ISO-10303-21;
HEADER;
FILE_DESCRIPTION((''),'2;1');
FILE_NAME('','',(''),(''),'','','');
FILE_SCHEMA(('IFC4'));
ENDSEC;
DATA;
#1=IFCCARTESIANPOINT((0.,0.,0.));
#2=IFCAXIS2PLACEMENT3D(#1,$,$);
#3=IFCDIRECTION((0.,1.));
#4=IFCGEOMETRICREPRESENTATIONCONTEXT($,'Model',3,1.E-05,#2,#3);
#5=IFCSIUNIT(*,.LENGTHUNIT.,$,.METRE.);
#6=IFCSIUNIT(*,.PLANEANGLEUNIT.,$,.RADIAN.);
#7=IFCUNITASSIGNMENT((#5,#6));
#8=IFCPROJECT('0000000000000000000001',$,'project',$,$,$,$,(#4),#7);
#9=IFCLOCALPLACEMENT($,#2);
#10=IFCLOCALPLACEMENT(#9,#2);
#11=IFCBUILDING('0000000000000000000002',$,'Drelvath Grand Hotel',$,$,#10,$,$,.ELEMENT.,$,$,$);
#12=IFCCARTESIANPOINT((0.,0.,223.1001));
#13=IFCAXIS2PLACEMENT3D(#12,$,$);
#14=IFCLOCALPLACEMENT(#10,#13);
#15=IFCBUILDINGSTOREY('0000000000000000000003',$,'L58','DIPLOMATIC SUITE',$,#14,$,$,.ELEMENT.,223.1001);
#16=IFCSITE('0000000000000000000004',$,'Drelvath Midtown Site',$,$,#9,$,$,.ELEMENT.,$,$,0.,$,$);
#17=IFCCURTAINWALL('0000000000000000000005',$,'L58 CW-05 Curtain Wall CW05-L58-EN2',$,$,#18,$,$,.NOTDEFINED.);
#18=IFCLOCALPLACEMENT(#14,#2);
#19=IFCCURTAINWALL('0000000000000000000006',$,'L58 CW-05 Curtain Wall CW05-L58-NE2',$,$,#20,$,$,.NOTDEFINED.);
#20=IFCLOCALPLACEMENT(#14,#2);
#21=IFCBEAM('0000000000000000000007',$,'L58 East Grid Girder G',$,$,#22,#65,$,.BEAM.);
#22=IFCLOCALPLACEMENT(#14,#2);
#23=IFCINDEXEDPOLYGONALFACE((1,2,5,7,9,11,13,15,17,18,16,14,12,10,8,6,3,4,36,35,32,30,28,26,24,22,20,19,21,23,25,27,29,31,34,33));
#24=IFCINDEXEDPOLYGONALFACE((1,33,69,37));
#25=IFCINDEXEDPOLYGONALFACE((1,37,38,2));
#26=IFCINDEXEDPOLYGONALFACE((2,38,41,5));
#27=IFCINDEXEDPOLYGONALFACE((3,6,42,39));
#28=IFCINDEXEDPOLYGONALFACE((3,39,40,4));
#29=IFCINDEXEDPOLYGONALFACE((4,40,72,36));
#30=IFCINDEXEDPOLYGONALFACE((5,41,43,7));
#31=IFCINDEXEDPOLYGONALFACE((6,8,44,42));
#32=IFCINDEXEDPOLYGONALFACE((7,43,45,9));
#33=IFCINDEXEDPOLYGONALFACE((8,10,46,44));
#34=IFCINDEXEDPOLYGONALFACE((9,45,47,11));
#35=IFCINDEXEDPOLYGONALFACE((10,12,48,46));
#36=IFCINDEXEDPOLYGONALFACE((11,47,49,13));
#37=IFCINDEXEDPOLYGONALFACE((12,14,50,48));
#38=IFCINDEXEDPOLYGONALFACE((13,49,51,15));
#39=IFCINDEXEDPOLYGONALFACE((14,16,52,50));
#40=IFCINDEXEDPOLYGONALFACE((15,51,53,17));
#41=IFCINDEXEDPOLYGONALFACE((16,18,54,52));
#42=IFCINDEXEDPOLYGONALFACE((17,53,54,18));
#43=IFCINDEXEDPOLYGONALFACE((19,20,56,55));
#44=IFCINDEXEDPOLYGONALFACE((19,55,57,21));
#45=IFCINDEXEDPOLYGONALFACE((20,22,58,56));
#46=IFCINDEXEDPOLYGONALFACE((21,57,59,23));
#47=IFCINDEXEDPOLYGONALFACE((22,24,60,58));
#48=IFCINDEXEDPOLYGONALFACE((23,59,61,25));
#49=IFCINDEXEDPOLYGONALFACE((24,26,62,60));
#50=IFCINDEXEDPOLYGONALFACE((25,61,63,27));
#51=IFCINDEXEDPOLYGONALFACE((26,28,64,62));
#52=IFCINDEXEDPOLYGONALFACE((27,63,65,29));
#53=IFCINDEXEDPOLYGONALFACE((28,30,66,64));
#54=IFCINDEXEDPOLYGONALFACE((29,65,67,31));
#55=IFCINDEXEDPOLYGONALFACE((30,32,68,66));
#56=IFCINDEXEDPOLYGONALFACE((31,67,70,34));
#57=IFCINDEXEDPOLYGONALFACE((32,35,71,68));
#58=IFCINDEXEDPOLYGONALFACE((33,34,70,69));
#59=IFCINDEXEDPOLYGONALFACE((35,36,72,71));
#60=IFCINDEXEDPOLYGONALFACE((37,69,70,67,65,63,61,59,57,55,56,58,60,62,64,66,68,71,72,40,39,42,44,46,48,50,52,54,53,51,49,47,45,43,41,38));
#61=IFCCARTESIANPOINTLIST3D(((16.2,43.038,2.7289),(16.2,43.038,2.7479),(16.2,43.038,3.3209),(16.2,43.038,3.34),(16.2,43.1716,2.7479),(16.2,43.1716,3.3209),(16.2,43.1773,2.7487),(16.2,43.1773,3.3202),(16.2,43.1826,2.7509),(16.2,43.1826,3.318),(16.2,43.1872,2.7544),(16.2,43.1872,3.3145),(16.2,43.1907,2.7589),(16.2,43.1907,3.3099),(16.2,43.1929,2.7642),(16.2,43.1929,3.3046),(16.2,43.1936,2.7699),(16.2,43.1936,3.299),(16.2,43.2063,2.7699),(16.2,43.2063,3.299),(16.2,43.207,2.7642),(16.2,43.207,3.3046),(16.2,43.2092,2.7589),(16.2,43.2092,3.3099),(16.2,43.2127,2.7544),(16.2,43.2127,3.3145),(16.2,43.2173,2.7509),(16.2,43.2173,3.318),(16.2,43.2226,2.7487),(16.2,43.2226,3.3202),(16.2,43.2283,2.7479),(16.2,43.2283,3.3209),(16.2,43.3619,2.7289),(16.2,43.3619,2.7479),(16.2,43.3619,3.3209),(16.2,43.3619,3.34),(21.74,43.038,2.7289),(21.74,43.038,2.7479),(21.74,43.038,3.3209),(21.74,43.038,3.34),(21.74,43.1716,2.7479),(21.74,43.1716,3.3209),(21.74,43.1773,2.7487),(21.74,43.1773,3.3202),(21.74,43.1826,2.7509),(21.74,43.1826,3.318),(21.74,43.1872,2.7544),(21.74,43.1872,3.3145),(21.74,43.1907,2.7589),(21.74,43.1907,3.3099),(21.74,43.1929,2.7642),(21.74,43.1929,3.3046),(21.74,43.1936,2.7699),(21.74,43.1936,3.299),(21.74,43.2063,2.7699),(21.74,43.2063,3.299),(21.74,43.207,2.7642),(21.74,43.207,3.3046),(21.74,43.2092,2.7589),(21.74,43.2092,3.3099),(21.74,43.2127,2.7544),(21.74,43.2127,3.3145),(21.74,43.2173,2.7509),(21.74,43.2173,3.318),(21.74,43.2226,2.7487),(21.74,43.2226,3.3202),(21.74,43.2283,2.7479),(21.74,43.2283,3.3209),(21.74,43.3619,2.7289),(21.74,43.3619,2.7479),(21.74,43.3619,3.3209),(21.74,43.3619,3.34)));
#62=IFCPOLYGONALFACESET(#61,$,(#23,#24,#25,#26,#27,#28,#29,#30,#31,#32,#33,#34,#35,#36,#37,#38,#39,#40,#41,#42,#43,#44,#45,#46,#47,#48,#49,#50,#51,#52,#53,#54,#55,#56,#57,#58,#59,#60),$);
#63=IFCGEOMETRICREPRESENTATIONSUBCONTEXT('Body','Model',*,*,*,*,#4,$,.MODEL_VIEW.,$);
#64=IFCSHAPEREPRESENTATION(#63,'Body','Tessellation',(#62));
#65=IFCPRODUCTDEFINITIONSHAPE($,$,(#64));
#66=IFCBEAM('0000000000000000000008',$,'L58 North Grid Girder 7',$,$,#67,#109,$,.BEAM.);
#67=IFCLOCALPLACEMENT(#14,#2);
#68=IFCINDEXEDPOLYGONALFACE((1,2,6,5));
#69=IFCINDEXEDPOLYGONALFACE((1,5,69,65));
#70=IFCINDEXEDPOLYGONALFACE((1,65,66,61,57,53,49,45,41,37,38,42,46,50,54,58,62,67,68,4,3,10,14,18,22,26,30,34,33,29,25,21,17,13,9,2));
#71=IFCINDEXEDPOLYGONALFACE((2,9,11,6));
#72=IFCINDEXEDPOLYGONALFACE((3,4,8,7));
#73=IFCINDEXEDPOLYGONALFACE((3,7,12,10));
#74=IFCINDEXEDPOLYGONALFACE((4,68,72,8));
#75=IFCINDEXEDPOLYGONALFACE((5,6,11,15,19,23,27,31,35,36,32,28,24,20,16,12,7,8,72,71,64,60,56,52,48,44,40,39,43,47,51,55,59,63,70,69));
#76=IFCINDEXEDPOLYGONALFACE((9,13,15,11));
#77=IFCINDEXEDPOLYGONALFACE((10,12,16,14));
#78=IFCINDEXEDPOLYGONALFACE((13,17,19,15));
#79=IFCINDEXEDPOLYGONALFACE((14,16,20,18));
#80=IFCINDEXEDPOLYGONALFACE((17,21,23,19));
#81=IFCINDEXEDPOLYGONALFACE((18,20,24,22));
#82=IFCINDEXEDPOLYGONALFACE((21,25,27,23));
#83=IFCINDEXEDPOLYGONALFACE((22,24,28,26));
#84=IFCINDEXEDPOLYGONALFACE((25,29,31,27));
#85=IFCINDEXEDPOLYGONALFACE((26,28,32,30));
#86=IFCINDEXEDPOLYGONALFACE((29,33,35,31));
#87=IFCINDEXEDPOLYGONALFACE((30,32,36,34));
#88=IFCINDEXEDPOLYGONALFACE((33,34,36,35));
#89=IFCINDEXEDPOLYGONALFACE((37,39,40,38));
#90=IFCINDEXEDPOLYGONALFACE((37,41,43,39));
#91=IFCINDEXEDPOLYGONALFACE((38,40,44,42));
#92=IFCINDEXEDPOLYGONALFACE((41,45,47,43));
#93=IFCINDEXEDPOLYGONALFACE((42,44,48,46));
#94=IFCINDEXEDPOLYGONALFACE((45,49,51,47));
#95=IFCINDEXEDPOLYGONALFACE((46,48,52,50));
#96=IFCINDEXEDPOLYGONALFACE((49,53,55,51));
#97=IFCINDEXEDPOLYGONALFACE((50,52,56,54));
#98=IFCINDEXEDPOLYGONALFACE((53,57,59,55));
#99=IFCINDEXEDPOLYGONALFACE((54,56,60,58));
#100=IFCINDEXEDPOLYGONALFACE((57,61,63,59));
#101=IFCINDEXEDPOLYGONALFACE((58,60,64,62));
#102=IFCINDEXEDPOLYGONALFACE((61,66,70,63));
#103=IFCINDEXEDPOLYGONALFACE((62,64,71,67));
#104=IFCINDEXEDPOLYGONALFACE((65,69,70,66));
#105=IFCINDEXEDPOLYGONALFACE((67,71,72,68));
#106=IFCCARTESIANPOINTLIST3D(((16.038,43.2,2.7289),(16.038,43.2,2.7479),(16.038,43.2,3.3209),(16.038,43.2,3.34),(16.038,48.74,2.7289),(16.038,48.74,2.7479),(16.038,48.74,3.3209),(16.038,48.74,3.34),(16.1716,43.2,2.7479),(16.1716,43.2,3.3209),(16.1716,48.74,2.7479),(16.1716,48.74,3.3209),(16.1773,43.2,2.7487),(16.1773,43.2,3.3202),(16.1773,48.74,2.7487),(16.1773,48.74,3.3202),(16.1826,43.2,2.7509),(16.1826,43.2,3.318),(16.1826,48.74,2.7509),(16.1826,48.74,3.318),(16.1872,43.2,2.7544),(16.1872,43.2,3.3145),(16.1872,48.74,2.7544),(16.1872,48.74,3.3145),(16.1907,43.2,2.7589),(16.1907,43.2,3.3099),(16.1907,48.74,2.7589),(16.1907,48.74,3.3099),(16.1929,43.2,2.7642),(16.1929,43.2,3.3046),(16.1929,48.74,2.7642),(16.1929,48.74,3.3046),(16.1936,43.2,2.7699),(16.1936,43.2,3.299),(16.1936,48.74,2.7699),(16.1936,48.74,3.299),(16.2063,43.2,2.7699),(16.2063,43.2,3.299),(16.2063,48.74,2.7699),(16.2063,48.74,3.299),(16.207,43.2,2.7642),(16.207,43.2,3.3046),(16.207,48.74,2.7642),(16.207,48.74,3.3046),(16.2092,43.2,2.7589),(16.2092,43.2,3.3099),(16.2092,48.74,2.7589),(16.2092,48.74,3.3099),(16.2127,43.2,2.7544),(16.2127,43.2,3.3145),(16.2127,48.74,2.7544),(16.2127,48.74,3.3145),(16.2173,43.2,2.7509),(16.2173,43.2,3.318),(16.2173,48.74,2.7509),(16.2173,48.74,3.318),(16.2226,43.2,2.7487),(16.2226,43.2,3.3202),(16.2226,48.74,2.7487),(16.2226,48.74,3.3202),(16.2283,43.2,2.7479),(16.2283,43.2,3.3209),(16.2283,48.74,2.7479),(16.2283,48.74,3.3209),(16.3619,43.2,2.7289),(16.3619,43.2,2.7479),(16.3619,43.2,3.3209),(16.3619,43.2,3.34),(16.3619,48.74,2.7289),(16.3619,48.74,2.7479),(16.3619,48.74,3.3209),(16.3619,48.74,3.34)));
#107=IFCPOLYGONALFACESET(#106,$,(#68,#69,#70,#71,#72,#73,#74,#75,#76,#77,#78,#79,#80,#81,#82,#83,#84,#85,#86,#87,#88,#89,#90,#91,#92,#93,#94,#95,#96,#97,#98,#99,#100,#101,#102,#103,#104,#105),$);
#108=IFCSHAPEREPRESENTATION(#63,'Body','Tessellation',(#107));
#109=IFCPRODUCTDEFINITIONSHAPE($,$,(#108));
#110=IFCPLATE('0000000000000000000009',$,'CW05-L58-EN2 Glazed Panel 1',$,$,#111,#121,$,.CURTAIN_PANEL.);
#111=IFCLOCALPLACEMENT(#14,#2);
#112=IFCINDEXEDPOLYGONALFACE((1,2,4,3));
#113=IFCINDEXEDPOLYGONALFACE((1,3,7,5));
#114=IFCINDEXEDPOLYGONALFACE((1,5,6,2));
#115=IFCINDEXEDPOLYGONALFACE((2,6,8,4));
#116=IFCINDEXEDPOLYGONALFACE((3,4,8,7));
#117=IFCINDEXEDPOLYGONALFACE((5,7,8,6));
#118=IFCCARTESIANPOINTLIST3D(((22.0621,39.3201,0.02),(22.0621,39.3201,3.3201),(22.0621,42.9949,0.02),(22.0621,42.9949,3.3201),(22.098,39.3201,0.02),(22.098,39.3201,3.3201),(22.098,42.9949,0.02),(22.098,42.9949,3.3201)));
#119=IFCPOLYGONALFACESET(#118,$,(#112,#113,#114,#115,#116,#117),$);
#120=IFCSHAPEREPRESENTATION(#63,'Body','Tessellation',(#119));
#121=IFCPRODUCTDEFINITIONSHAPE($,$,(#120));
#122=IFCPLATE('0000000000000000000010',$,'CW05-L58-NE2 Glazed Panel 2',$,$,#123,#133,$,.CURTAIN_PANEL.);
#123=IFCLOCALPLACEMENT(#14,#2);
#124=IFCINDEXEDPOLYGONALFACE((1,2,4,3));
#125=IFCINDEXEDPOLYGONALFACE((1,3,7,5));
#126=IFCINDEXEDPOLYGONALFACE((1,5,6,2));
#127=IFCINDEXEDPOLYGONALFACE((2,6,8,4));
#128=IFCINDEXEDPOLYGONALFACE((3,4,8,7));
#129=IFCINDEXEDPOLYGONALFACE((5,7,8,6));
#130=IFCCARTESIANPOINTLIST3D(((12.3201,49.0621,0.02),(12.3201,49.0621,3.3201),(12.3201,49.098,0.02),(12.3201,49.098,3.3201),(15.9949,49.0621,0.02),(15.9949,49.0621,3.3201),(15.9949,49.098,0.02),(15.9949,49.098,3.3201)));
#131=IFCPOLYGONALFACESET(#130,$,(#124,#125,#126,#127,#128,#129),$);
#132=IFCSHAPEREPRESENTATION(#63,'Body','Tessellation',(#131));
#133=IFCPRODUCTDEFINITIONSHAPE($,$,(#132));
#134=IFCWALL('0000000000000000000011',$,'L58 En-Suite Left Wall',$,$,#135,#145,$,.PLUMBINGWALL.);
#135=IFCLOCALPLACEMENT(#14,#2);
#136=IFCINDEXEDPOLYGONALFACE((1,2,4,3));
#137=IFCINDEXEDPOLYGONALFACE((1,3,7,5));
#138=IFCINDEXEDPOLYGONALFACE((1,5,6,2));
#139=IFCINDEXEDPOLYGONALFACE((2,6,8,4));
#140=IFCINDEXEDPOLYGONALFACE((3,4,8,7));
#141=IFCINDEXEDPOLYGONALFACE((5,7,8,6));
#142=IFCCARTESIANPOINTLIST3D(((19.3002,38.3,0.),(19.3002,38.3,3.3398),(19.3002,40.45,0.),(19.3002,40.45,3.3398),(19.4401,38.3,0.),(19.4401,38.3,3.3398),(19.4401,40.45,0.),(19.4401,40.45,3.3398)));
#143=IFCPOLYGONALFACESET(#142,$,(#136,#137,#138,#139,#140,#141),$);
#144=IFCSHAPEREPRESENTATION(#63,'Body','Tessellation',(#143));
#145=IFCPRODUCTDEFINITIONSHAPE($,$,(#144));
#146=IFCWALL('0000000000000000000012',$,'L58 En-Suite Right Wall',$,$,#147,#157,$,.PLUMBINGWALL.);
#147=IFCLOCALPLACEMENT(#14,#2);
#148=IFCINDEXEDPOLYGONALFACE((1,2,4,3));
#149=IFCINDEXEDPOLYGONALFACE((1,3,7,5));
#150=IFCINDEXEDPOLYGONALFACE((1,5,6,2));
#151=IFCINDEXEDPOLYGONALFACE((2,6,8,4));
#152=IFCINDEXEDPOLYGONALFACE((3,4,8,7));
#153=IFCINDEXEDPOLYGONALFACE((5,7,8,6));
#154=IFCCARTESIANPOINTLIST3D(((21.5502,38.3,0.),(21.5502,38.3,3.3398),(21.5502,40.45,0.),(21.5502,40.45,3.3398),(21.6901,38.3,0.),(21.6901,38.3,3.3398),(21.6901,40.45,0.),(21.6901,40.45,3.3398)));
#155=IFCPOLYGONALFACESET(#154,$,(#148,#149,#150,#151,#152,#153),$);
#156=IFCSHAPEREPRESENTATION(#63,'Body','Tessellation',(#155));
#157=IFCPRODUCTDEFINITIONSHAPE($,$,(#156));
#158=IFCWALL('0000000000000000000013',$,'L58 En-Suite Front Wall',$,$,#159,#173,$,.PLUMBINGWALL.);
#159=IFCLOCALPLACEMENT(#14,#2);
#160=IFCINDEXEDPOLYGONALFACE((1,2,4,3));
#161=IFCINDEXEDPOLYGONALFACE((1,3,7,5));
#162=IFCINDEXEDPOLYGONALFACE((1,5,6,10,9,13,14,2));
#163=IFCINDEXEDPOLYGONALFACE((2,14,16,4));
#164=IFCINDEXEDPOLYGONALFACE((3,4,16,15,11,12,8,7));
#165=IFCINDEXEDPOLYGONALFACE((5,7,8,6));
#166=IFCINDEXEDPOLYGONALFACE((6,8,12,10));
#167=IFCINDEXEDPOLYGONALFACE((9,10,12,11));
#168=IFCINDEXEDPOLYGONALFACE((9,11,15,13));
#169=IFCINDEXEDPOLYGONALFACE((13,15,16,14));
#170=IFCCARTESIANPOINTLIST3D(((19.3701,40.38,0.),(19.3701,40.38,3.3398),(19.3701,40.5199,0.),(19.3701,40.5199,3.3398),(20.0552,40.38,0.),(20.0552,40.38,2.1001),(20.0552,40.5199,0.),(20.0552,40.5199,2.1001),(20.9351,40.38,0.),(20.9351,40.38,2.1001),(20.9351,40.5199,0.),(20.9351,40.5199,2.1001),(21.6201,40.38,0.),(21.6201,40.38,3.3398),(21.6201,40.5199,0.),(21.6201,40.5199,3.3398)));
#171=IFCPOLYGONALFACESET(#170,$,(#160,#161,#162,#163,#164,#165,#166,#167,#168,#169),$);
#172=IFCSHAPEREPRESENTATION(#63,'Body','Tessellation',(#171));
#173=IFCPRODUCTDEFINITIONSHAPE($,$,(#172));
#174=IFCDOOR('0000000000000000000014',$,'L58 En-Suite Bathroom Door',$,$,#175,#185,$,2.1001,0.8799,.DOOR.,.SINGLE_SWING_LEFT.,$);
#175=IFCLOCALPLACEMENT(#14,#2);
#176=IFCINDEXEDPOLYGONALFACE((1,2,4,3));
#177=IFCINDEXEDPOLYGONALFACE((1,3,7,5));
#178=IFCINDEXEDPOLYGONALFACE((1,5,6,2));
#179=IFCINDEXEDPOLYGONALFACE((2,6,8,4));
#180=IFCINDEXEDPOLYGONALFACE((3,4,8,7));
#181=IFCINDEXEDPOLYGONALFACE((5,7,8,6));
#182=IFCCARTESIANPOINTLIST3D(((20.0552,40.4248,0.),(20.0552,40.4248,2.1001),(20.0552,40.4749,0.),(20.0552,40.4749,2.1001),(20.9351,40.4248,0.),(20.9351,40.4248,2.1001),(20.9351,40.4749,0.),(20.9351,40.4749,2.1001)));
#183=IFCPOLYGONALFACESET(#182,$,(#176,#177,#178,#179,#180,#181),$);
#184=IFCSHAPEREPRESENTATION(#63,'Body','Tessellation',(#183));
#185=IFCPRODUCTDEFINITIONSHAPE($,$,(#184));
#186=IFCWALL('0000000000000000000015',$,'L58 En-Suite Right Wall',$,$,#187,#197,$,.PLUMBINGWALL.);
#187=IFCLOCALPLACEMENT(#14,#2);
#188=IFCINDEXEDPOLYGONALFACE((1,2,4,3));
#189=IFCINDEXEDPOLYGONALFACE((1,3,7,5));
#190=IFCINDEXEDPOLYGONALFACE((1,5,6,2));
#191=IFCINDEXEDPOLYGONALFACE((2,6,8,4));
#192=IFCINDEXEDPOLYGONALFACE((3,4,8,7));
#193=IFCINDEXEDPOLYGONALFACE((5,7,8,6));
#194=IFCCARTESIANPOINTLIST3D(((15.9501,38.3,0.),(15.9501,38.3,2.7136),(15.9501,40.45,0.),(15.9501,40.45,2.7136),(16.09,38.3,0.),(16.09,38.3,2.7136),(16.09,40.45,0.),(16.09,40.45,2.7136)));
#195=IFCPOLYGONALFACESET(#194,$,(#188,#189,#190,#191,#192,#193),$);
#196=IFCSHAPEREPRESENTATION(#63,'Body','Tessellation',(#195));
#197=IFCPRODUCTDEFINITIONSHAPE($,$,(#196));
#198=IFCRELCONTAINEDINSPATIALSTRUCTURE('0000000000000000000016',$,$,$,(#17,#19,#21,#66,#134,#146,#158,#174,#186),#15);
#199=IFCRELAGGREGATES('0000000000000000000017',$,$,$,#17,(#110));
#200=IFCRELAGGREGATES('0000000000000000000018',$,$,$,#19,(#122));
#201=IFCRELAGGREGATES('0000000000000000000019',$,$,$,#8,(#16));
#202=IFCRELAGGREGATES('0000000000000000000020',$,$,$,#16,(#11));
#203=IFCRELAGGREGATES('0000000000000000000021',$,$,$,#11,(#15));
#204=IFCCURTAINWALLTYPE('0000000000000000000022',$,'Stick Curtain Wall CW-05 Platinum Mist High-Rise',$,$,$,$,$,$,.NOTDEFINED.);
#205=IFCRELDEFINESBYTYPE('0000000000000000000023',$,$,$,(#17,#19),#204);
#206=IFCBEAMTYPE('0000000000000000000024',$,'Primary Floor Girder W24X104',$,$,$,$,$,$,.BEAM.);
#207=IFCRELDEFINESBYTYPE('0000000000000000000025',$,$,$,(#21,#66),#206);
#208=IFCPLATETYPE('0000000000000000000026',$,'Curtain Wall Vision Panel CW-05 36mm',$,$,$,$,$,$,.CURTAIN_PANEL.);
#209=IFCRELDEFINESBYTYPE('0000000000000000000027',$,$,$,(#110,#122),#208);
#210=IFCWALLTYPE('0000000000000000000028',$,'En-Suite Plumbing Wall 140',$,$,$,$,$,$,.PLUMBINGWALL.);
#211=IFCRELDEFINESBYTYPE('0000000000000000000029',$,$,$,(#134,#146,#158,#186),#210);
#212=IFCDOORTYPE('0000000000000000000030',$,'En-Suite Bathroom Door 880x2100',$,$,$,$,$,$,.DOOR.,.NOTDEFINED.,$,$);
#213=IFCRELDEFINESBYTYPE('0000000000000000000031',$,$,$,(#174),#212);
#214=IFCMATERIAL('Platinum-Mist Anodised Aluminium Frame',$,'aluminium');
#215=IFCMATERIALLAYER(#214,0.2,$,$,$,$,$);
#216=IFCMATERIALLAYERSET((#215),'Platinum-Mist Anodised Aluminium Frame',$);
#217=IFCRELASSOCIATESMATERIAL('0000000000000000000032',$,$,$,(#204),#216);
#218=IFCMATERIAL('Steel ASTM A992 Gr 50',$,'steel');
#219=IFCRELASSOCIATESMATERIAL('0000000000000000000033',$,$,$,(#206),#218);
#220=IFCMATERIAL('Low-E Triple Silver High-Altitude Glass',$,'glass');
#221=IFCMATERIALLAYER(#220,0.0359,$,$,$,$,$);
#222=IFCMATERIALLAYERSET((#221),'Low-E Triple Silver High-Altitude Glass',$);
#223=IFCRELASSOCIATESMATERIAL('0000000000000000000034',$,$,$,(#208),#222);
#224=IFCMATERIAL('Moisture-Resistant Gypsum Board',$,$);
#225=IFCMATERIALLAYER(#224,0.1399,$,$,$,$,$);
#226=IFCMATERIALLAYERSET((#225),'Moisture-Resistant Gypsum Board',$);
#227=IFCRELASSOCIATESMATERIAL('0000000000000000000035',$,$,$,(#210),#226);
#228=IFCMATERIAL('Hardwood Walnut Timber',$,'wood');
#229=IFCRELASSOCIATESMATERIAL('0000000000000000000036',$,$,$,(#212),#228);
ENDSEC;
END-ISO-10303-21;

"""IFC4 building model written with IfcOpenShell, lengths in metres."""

from ifc_helpers import new_model, si_unit, direction, frame, frame_2d, origin, origin_2d, place, context, subcontext, project, spatial, rectangle, i_section, extrude, material, layer, layer_set, material_profile, profile_set, type_object, element, fill, aggregate, save


model = new_model("IFC4")

# Units and contexts
model_context = context("Model", 3, precision=1e-05, world=origin(), true_north=direction((0.0, 1.0)))
body_context = subcontext(model_context, "Body", "Model", "MODEL_VIEW")
ifc_project = project(units=[si_unit("LENGTHUNIT", "METRE"), si_unit("PLANEANGLEUNIT", "RADIAN")], contexts=[model_context])

# Site, building, storey
site_placement = place(None, origin())
site = spatial("IfcSite", under=ifc_project, at=site_placement, Name="Drelvath Midtown Site", CompositionType="ELEMENT", RefElevation=0.0)
building_placement = place(site_placement, origin())
building = spatial("IfcBuilding", under=site, at=building_placement, Name="Drelvath Grand Hotel", CompositionType="ELEMENT")
storey_placement = place(building_placement, frame((0.0, 0.0, 223.1001)))
storey = spatial("IfcBuildingStorey", under=building, at=storey_placement, Name="L58", Description="DIPLOMATIC SUITE", CompositionType="ELEMENT", Elevation=223.1001)

# Curtain wall
ifc_material_1 = material(Name="Platinum-Mist Anodised Aluminium Frame", Category="aluminium")
ifc_layer_1 = layer(ifc_material_1, 0.2)
ifc_layer_set_1 = layer_set([ifc_layer_1], Name="Platinum-Mist Anodised Aluminium Frame")
curtain_wall_type = type_object("IfcCurtainWallType", Name="Stick Curtain Wall CW-05 Platinum Mist High-Rise", PredefinedType="NOTDEFINED", material=ifc_layer_set_1)
curtain_wall_1_placement = place(storey_placement, origin())
curtain_wall_1 = element("IfcCurtainWall", 1, at=curtain_wall_1_placement, inside=storey, type_object=curtain_wall_type, Name="L58 CW-05 Curtain Wall CW05-L58-EN2", PredefinedType="NOTDEFINED")

# Curtain wall
curtain_wall_2_placement = place(storey_placement, origin())
curtain_wall_2 = element("IfcCurtainWall", 2, at=curtain_wall_2_placement, inside=storey, type_object=curtain_wall_type, Name="L58 CW-05 Curtain Wall CW05-L58-NE2", PredefinedType="NOTDEFINED")

# Beams
ifc_material_2 = material(Name="Steel ASTM A992 Gr 50", Category="steel")
ifc_material_profile_1 = material_profile(ifc_material_2, i_section(OverallWidth=0.324, OverallDepth=0.6111, WebThickness=0.0127, FlangeThickness=0.019, FilletRadius=0.022, at=origin_2d()), Name="W24X104")
ifc_profile_set_1 = profile_set([ifc_material_profile_1], Name="Steel ASTM A992 Gr 50")
beam_type = type_object("IfcBeamType", Name="Primary Floor Girder W24X104", PredefinedType="BEAM", material=ifc_profile_set_1)
for number, where, z_axis, x_axis, name in (
    (3, (16.2, 43.2, 3.0344), (1.0, 0.0, 0.0), (0.0, 1.0, 0.0), "L58 East Grid Girder G"),
    (4, (16.2, 43.2, 3.0344), (0.0, 1.0, 0.0), (-1.0, 0.0, 0.0), "L58 North Grid Girder 7"),
):
    element("IfcBeam", number, at=place(storey_placement, frame(where, z_axis=z_axis, x_axis=x_axis)), inside=storey, type_object=beam_type, Name=name, PredefinedType="BEAM", context=body_context, shape_type="SweptSolid", body=[
        extrude(i_section(OverallWidth=0.324, OverallDepth=0.6111, WebThickness=0.0127, FlangeThickness=0.019, FilletRadius=0.022, at=origin_2d()), origin(), (0.0, 0.0, 1.0), 5.54),
    ])

# Plates
ifc_material_3 = material(Name="Low-E Triple Silver High-Altitude Glass", Category="glass")
ifc_layer_2 = layer(ifc_material_3, 0.0359)
ifc_layer_set_2 = layer_set([ifc_layer_2], Name="Low-E Triple Silver High-Altitude Glass")
plate_type = type_object("IfcPlateType", Name="Curtain Wall Vision Panel CW-05 36mm", PredefinedType="CURTAIN_PANEL", material=ifc_layer_set_2)
plate_1_placement = place(storey_placement, frame((22.0801, 41.1575, 0.02), z_axis=(0.0, 0.0, 1.0), x_axis=(0.0, -1.0, 0.0)))
plate_1 = element("IfcPlate", 5, at=plate_1_placement, type_object=plate_type, Name="CW05-L58-EN2 Glazed Panel 1", PredefinedType="CURTAIN_PANEL", context=body_context, shape_type="SweptSolid", body=[
    extrude(rectangle(XDim=3.6748, YDim=0.0359, at=origin_2d()), origin(), (0.0, 0.0, 1.0), 3.3),
])
aggregate(curtain_wall_1, [plate_1])
plate_2_placement = place(storey_placement, frame((14.1575, 49.0801, 0.02), z_axis=(0.0, 0.0, 1.0), x_axis=(1.0, 0.0, 0.0)))
plate_2 = element("IfcPlate", 6, at=plate_2_placement, type_object=plate_type, Name="CW05-L58-NE2 Glazed Panel 2", PredefinedType="CURTAIN_PANEL", context=body_context, shape_type="SweptSolid", body=[
    extrude(rectangle(XDim=3.6748, YDim=0.0359, at=origin_2d()), origin(), (0.0, 0.0, 1.0), 3.3),
])
aggregate(curtain_wall_2, [plate_2])

# Walls
ifc_material_4 = material(Name="Moisture-Resistant Gypsum Board")
ifc_layer_3 = layer(ifc_material_4, 0.1399)
ifc_layer_set_3 = layer_set([ifc_layer_3], Name="Moisture-Resistant Gypsum Board")
wall_type_1 = type_object("IfcWallType", Name="En-Suite Plumbing Wall 140", PredefinedType="PLUMBINGWALL", material=ifc_layer_set_3)
for number, where, z_axis, x_axis, name in (
    (7, (19.3701, 38.3, 0.0), (0.0, 0.0, 1.0), (0.0, 1.0, 0.0), "L58 En-Suite Left Wall"),
    (8, (21.6201, 38.3, 0.0), (0.0, 0.0, 1.0), (0.0, 1.0, 0.0), "L58 En-Suite Right Wall"),
):
    element("IfcWall", number, at=place(storey_placement, frame(where, z_axis=z_axis, x_axis=x_axis)), inside=storey, type_object=wall_type_1, Name=name, PredefinedType="PLUMBINGWALL", context=body_context, shape_type="SweptSolid", body=[
        extrude(rectangle(XDim=2.1499, YDim=0.1399, at=frame_2d((1.075, 0.0))), origin(), (0.0, 0.0, 1.0), 3.3398),
    ])

# Wall, opening, door
wall_1_placement = place(storey_placement, frame((19.3701, 40.45, 0.0), z_axis=(0.0, 0.0, 1.0), x_axis=(1.0, 0.0, 0.0)))
wall_1 = element("IfcWall", 9, at=wall_1_placement, inside=storey, type_object=wall_type_1, Name="L58 En-Suite Front Wall", PredefinedType="PLUMBINGWALL", context=body_context, shape_type="SweptSolid", body=[
    extrude(rectangle(XDim=2.25, YDim=0.1399, at=frame_2d((1.125, 0.0))), origin(), (0.0, 0.0, 1.0), 3.3398),
])
opening_1_placement = place(wall_1_placement, frame((0.6851, 0.0, 0.0)))
opening_1 = element("IfcOpeningElement", 10, at=opening_1_placement, cuts=wall_1, PredefinedType="OPENING", context=body_context, shape_type="SweptSolid", body=[
    extrude(rectangle(XDim=0.8799, YDim=2.1001, at=frame_2d((0.4399, 1.05))), frame((0.0, 0.0798, 0.0), z_axis=(0.0, -1.0, 0.0), x_axis=(1.0, 0.0, 0.0)), (0.0, 0.0, 1.0), 0.1599),
])
ifc_material_5 = material(Name="Hardwood Walnut Timber", Category="wood")
door_type = type_object("IfcDoorType", Name="En-Suite Bathroom Door 880x2100", OperationType="NOTDEFINED", PredefinedType="DOOR", material=ifc_material_5)
door_1_placement = place(opening_1_placement, origin())
door_1 = element("IfcDoor", 11, at=door_1_placement, inside=storey, type_object=door_type, Name="L58 En-Suite Bathroom Door", OperationType="SINGLE_SWING_LEFT", OverallHeight=2.1001, OverallWidth=0.8799, PredefinedType="DOOR", context=body_context, shape_type="SweptSolid", body=[
    extrude(rectangle(XDim=0.8799, YDim=2.1001, at=frame_2d((0.4399, 1.05))), frame((0.0, 0.0249, 0.0), z_axis=(0.0, -1.0, 0.0), x_axis=(1.0, 0.0, 0.0)), (0.0, 0.0, 1.0), 0.05),
])
fill(opening_1, door_1)

# Wall
wall_2_placement = place(storey_placement, frame((16.02, 38.3, 0.0), z_axis=(0.0, 0.0, 1.0), x_axis=(0.0, 1.0, 0.0)))
element("IfcWall", 12, at=wall_2_placement, inside=storey, type_object=wall_type_1, Name="L58 En-Suite Right Wall", PredefinedType="PLUMBINGWALL", context=body_context, shape_type="SweptSolid", body=[
    extrude(rectangle(XDim=2.1499, YDim=0.1399, at=frame_2d((1.075, 0.0))), origin(), (0.0, 0.0, 1.0), 2.7136),
])

save(model, "model.ifc")
